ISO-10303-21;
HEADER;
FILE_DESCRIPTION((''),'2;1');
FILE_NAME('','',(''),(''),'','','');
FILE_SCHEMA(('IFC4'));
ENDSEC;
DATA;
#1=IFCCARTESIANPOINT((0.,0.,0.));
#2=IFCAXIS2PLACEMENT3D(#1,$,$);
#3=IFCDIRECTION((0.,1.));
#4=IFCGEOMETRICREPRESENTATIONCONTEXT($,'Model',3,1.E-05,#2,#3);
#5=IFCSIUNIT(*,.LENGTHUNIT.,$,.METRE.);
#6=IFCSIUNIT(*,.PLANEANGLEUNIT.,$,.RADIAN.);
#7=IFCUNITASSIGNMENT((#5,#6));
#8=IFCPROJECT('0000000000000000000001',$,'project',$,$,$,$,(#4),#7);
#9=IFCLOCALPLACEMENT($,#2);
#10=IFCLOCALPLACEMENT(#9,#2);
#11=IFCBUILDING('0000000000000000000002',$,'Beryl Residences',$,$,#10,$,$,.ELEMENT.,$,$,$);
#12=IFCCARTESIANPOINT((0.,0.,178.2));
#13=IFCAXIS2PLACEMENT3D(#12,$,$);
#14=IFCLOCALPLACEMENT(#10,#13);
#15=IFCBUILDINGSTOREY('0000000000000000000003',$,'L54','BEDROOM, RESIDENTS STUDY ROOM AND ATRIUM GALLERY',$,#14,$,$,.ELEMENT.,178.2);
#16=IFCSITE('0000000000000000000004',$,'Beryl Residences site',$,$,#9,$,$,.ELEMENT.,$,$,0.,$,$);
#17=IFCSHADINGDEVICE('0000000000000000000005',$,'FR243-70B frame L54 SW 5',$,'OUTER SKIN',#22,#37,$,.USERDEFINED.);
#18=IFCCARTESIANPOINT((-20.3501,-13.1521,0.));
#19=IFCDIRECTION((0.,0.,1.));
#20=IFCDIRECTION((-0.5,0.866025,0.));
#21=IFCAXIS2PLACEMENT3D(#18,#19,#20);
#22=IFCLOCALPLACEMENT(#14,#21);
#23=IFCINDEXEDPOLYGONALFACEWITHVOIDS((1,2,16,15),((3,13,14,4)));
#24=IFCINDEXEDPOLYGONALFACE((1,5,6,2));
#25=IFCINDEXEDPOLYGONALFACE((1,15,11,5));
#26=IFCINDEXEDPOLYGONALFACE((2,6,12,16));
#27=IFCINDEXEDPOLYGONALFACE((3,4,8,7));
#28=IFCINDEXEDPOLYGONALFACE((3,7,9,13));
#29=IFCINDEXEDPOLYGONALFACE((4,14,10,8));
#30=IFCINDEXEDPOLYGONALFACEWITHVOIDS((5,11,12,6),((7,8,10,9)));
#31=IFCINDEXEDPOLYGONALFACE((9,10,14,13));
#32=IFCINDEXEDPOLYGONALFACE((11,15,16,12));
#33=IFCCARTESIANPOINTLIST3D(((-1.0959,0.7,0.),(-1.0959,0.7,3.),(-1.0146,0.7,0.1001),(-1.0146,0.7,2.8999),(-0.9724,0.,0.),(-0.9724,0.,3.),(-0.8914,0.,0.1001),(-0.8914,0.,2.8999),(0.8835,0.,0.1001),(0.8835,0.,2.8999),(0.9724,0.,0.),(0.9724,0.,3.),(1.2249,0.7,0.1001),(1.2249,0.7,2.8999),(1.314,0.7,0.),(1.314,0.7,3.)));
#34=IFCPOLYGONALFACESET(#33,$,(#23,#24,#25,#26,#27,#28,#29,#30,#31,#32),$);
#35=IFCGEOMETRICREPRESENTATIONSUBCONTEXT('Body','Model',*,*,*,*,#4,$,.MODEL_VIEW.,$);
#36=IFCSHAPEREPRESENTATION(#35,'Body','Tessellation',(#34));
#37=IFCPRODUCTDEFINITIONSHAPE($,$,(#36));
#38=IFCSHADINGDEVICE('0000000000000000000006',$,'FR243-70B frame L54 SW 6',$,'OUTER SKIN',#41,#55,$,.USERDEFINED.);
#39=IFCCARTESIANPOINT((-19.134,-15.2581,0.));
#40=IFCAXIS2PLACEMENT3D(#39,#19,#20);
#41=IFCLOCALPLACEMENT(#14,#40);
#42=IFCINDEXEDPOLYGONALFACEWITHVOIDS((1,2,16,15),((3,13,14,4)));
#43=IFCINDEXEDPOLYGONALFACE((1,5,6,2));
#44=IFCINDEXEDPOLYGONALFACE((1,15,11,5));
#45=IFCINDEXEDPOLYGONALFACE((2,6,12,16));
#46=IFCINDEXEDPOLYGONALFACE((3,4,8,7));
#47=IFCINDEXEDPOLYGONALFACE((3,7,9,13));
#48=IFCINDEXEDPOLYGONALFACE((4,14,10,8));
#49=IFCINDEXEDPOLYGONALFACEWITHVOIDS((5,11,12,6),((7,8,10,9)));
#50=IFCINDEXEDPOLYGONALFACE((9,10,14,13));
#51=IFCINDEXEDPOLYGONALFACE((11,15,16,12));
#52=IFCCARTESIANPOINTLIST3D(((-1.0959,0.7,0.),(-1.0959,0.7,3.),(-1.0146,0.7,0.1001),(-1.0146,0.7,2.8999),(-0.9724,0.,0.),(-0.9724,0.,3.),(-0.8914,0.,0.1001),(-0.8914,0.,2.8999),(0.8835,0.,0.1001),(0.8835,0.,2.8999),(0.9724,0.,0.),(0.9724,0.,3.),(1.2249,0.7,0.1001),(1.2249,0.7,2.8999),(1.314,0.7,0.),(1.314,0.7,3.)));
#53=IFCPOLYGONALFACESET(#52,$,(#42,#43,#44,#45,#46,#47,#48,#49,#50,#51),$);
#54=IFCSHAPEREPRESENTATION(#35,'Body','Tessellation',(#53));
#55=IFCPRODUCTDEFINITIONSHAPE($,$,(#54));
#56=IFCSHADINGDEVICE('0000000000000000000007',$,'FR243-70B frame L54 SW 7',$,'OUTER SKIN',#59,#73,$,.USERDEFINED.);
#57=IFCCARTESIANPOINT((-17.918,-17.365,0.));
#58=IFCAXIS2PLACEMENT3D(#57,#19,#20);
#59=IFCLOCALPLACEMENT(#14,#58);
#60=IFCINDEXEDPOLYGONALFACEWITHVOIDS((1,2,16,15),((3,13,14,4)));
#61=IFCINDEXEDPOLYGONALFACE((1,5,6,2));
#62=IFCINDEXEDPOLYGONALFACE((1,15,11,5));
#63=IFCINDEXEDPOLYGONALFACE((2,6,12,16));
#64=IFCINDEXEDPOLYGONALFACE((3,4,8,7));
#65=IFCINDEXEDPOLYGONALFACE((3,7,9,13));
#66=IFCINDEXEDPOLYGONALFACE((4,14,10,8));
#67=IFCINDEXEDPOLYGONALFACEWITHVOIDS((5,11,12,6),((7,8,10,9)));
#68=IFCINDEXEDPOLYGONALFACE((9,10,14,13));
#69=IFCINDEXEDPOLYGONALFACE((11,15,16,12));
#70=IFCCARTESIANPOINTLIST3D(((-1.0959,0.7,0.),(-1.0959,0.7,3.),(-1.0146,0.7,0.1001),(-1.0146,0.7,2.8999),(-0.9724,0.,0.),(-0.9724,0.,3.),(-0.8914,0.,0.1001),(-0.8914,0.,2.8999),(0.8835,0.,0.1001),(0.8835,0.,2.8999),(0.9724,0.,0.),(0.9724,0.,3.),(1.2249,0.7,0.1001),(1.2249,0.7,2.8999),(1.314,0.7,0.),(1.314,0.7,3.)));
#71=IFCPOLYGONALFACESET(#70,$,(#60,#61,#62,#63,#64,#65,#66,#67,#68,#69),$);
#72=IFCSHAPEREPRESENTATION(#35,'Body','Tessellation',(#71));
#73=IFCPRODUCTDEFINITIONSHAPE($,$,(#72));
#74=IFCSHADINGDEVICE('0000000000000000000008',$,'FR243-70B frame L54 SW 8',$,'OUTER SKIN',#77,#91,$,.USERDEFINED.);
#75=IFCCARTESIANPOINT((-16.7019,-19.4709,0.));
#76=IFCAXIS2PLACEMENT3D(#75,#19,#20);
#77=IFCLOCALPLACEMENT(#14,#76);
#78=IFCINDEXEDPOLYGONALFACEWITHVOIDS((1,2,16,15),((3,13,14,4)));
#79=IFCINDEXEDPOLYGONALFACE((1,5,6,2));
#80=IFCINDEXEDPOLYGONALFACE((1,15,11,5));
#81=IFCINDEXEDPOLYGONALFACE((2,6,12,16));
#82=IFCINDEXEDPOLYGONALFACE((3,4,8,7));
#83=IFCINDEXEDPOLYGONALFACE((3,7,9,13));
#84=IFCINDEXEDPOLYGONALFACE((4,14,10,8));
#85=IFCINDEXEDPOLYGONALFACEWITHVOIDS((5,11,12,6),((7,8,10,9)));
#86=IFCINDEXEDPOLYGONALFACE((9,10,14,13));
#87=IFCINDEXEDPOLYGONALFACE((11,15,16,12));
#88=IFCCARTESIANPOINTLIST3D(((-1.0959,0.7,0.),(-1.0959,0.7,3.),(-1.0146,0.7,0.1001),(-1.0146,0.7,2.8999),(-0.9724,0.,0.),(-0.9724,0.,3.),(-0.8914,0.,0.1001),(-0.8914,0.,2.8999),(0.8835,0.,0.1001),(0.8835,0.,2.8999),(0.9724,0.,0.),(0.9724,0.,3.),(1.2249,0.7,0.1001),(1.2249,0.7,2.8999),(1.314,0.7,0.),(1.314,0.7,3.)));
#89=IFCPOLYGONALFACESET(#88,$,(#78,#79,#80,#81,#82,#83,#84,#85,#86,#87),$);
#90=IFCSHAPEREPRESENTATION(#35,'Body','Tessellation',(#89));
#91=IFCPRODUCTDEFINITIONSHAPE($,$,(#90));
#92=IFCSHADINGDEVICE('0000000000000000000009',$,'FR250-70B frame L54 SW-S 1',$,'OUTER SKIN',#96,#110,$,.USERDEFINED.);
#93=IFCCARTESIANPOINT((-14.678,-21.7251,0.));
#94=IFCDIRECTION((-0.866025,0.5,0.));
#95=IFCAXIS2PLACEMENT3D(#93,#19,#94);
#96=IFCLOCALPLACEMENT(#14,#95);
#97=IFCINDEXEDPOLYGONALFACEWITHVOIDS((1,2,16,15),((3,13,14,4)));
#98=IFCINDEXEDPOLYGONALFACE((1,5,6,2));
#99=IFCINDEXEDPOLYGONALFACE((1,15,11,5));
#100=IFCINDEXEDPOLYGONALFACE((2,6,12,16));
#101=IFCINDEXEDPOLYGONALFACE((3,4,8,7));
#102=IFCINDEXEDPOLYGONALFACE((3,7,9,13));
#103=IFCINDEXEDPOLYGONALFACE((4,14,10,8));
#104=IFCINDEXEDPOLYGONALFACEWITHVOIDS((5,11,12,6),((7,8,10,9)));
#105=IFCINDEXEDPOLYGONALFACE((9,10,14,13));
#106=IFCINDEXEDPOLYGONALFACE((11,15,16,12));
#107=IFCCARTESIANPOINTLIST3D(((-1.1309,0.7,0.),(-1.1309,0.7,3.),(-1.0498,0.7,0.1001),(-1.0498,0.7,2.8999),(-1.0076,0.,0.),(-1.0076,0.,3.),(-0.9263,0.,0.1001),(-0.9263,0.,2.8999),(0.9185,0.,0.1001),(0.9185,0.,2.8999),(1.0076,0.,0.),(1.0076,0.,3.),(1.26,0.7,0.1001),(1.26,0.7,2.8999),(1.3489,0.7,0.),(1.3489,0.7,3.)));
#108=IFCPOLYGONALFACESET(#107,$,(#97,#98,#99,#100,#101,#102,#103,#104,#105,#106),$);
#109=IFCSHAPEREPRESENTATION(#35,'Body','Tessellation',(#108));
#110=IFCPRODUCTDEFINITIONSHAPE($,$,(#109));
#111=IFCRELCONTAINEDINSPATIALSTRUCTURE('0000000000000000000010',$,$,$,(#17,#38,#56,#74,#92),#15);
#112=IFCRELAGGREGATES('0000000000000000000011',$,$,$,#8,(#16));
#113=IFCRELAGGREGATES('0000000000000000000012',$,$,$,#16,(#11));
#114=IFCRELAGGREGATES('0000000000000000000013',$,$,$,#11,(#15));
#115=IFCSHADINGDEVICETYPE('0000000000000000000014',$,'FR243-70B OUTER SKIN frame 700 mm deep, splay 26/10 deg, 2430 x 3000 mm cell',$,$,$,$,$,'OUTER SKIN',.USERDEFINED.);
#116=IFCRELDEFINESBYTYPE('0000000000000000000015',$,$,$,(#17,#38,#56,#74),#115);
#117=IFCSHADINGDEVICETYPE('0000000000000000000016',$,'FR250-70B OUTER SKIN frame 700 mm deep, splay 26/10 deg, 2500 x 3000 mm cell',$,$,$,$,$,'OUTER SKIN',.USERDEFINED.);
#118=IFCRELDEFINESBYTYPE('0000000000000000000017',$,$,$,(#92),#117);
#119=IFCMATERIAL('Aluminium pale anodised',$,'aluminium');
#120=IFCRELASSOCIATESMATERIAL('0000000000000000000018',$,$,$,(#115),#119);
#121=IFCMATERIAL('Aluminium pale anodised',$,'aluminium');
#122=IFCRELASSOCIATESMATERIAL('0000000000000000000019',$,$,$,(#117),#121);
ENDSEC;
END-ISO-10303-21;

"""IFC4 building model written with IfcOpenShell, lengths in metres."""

from ifc_helpers import new_model, entity, si_unit, direction, frame, origin, place, context, subcontext, project, spatial, source, transform, mapped, material, type_object, type_shapes, element, save


model = new_model("IFC4")

# Units and contexts
model_context = context("Model", 3, precision=1e-05, world=origin(), true_north=direction((0.0, 1.0)))
body_context = subcontext(model_context, "Body", "Model", "MODEL_VIEW")
ifc_project = project(units=[si_unit("LENGTHUNIT", "METRE"), si_unit("PLANEANGLEUNIT", "RADIAN")], contexts=[model_context])

# Site, building, storey
site_placement = place(None, origin())
site = spatial("IfcSite", under=ifc_project, at=site_placement, Name="Beryl Residences site", CompositionType="ELEMENT", RefElevation=0.0)
building_placement = place(site_placement, origin())
building = spatial("IfcBuilding", under=site, at=building_placement, Name="Beryl Residences", CompositionType="ELEMENT")
storey_placement = place(building_placement, frame((0.0, 0.0, 178.2)))
storey = spatial("IfcBuildingStorey", under=building, at=storey_placement, Name="L54", Description="BEDROOM, RESIDENTS STUDY ROOM AND ATRIUM GALLERY", CompositionType="ELEMENT", Elevation=178.2)

# Shading devices
ifc_material_1 = material(Name="Aluminium pale anodised", Category="aluminium")
shading_device_type_1 = type_object("IfcShadingDeviceType", Name="FR243-70B OUTER SKIN frame 700 mm deep, splay 26/10 deg, 2430 x 3000 mm cell", ElementType="OUTER SKIN", PredefinedType="USERDEFINED", material=ifc_material_1)
cartesian_point_1 = entity("IfcCartesianPoint", [-0.9724, 0.0])
cartesian_point_2 = entity("IfcCartesianPoint", [-0.8835, 0.1001])
cartesian_point_3 = entity("IfcCartesianPoint", [-1.314, 0.0])
cartesian_point_4 = entity("IfcCartesianPoint", [-1.2249, 0.1001])
shared_shape_1 = source(origin(), body_context, "Body", "SweptSolid", [
    entity("IfcExtrudedAreaSolidTapered", entity("IfcArbitraryProfileDefWithVoids", "AREA", None, entity("IfcPolyline", [cartesian_point_1, entity("IfcCartesianPoint", [0.9724, 0.0]), entity("IfcCartesianPoint", [0.9724, 3.0]), entity("IfcCartesianPoint", [-0.9724, 3.0]), cartesian_point_1]), [entity("IfcPolyline", [cartesian_point_2, entity("IfcCartesianPoint", [0.8914, 0.1001]), entity("IfcCartesianPoint", [0.8914, 2.8999]), entity("IfcCartesianPoint", [-0.8835, 2.8999]), cartesian_point_2])]), entity("IfcAxis2Placement3D", entity("IfcCartesianPoint", [0.0, 0.0, 0.0]), entity("IfcDirection", [0.0, 1.0, 0.0]), entity("IfcDirection", [-1.0, 0.0, 0.0])), entity("IfcDirection", [0.0, 0.0, 1.0]), 0.7, entity("IfcArbitraryProfileDefWithVoids", "AREA", None, entity("IfcPolyline", [cartesian_point_3, entity("IfcCartesianPoint", [1.0959, 0.0]), entity("IfcCartesianPoint", [1.0959, 3.0]), entity("IfcCartesianPoint", [-1.314, 3.0]), cartesian_point_3]), [entity("IfcPolyline", [cartesian_point_4, entity("IfcCartesianPoint", [1.0146, 0.1001]), entity("IfcCartesianPoint", [1.0146, 2.8999]), entity("IfcCartesianPoint", [-1.2249, 2.8999]), cartesian_point_4])])),
])
type_shapes(shading_device_type_1, [shared_shape_1])
for number, where, z_axis, x_axis, name in (
    (1, (-20.3501, -13.1521, 0.0), (0.0, 0.0, 1.0), (-0.5, 0.866025, 0.0), "FR243-70B frame L54 SW 5"),
    (2, (-19.134, -15.2581, 0.0), (0.0, 0.0, 1.0), (-0.5, 0.866025, 0.0), "FR243-70B frame L54 SW 6"),
    (3, (-17.918, -17.365, 0.0), (0.0, 0.0, 1.0), (-0.5, 0.866025, 0.0), "FR243-70B frame L54 SW 7"),
    (4, (-16.7019, -19.4709, 0.0), (0.0, 0.0, 1.0), (-0.5, 0.866025, 0.0), "FR243-70B frame L54 SW 8"),
):
    element("IfcShadingDevice", number, at=place(storey_placement, frame(where, z_axis=z_axis, x_axis=x_axis)), inside=storey, type_object=shading_device_type_1, Name=name, ObjectType="OUTER SKIN", PredefinedType="USERDEFINED", context=body_context, shape_type="MappedRepresentation", body=[
        mapped(shared_shape_1, transform((0.0, 0.0, 0.0))),
    ])
ifc_material_2 = material(Name="Aluminium pale anodised", Category="aluminium")
shading_device_type_2 = type_object("IfcShadingDeviceType", Name="FR250-70B OUTER SKIN frame 700 mm deep, splay 26/10 deg, 2500 x 3000 mm cell", ElementType="OUTER SKIN", PredefinedType="USERDEFINED", material=ifc_material_2)
cartesian_point_5 = entity("IfcCartesianPoint", [-1.0076, 0.0])
cartesian_point_6 = entity("IfcCartesianPoint", [-0.9185, 0.1001])
cartesian_point_7 = entity("IfcCartesianPoint", [-1.3489, 0.0])
cartesian_point_8 = entity("IfcCartesianPoint", [-1.26, 0.1001])
shared_shape_2 = source(origin(), body_context, "Body", "SweptSolid", [
    entity("IfcExtrudedAreaSolidTapered", entity("IfcArbitraryProfileDefWithVoids", "AREA", None, entity("IfcPolyline", [cartesian_point_5, entity("IfcCartesianPoint", [1.0076, 0.0]), entity("IfcCartesianPoint", [1.0076, 3.0]), entity("IfcCartesianPoint", [-1.0076, 3.0]), cartesian_point_5]), [entity("IfcPolyline", [cartesian_point_6, entity("IfcCartesianPoint", [0.9263, 0.1001]), entity("IfcCartesianPoint", [0.9263, 2.8999]), entity("IfcCartesianPoint", [-0.9185, 2.8999]), cartesian_point_6])]), entity("IfcAxis2Placement3D", entity("IfcCartesianPoint", [0.0, 0.0, 0.0]), entity("IfcDirection", [0.0, 1.0, 0.0]), entity("IfcDirection", [-1.0, 0.0, 0.0])), entity("IfcDirection", [0.0, 0.0, 1.0]), 0.7, entity("IfcArbitraryProfileDefWithVoids", "AREA", None, entity("IfcPolyline", [cartesian_point_7, entity("IfcCartesianPoint", [1.1309, 0.0]), entity("IfcCartesianPoint", [1.1309, 3.0]), entity("IfcCartesianPoint", [-1.3489, 3.0]), cartesian_point_7]), [entity("IfcPolyline", [cartesian_point_8, entity("IfcCartesianPoint", [1.0498, 0.1001]), entity("IfcCartesianPoint", [1.0498, 2.8999]), entity("IfcCartesianPoint", [-1.26, 2.8999]), cartesian_point_8])])),
])
type_shapes(shading_device_type_2, [shared_shape_2])
shading_device_placement = place(storey_placement, frame((-14.678, -21.7251, 0.0), z_axis=(0.0, 0.0, 1.0), x_axis=(-0.866025, 0.5, 0.0)))
element("IfcShadingDevice", 5, at=shading_device_placement, inside=storey, type_object=shading_device_type_2, Name="FR250-70B frame L54 SW-S 1", ObjectType="OUTER SKIN", PredefinedType="USERDEFINED", context=body_context, shape_type="MappedRepresentation", body=[
    mapped(shared_shape_2, transform((0.0, 0.0, 0.0))),
])

save(model, "model.ifc")
